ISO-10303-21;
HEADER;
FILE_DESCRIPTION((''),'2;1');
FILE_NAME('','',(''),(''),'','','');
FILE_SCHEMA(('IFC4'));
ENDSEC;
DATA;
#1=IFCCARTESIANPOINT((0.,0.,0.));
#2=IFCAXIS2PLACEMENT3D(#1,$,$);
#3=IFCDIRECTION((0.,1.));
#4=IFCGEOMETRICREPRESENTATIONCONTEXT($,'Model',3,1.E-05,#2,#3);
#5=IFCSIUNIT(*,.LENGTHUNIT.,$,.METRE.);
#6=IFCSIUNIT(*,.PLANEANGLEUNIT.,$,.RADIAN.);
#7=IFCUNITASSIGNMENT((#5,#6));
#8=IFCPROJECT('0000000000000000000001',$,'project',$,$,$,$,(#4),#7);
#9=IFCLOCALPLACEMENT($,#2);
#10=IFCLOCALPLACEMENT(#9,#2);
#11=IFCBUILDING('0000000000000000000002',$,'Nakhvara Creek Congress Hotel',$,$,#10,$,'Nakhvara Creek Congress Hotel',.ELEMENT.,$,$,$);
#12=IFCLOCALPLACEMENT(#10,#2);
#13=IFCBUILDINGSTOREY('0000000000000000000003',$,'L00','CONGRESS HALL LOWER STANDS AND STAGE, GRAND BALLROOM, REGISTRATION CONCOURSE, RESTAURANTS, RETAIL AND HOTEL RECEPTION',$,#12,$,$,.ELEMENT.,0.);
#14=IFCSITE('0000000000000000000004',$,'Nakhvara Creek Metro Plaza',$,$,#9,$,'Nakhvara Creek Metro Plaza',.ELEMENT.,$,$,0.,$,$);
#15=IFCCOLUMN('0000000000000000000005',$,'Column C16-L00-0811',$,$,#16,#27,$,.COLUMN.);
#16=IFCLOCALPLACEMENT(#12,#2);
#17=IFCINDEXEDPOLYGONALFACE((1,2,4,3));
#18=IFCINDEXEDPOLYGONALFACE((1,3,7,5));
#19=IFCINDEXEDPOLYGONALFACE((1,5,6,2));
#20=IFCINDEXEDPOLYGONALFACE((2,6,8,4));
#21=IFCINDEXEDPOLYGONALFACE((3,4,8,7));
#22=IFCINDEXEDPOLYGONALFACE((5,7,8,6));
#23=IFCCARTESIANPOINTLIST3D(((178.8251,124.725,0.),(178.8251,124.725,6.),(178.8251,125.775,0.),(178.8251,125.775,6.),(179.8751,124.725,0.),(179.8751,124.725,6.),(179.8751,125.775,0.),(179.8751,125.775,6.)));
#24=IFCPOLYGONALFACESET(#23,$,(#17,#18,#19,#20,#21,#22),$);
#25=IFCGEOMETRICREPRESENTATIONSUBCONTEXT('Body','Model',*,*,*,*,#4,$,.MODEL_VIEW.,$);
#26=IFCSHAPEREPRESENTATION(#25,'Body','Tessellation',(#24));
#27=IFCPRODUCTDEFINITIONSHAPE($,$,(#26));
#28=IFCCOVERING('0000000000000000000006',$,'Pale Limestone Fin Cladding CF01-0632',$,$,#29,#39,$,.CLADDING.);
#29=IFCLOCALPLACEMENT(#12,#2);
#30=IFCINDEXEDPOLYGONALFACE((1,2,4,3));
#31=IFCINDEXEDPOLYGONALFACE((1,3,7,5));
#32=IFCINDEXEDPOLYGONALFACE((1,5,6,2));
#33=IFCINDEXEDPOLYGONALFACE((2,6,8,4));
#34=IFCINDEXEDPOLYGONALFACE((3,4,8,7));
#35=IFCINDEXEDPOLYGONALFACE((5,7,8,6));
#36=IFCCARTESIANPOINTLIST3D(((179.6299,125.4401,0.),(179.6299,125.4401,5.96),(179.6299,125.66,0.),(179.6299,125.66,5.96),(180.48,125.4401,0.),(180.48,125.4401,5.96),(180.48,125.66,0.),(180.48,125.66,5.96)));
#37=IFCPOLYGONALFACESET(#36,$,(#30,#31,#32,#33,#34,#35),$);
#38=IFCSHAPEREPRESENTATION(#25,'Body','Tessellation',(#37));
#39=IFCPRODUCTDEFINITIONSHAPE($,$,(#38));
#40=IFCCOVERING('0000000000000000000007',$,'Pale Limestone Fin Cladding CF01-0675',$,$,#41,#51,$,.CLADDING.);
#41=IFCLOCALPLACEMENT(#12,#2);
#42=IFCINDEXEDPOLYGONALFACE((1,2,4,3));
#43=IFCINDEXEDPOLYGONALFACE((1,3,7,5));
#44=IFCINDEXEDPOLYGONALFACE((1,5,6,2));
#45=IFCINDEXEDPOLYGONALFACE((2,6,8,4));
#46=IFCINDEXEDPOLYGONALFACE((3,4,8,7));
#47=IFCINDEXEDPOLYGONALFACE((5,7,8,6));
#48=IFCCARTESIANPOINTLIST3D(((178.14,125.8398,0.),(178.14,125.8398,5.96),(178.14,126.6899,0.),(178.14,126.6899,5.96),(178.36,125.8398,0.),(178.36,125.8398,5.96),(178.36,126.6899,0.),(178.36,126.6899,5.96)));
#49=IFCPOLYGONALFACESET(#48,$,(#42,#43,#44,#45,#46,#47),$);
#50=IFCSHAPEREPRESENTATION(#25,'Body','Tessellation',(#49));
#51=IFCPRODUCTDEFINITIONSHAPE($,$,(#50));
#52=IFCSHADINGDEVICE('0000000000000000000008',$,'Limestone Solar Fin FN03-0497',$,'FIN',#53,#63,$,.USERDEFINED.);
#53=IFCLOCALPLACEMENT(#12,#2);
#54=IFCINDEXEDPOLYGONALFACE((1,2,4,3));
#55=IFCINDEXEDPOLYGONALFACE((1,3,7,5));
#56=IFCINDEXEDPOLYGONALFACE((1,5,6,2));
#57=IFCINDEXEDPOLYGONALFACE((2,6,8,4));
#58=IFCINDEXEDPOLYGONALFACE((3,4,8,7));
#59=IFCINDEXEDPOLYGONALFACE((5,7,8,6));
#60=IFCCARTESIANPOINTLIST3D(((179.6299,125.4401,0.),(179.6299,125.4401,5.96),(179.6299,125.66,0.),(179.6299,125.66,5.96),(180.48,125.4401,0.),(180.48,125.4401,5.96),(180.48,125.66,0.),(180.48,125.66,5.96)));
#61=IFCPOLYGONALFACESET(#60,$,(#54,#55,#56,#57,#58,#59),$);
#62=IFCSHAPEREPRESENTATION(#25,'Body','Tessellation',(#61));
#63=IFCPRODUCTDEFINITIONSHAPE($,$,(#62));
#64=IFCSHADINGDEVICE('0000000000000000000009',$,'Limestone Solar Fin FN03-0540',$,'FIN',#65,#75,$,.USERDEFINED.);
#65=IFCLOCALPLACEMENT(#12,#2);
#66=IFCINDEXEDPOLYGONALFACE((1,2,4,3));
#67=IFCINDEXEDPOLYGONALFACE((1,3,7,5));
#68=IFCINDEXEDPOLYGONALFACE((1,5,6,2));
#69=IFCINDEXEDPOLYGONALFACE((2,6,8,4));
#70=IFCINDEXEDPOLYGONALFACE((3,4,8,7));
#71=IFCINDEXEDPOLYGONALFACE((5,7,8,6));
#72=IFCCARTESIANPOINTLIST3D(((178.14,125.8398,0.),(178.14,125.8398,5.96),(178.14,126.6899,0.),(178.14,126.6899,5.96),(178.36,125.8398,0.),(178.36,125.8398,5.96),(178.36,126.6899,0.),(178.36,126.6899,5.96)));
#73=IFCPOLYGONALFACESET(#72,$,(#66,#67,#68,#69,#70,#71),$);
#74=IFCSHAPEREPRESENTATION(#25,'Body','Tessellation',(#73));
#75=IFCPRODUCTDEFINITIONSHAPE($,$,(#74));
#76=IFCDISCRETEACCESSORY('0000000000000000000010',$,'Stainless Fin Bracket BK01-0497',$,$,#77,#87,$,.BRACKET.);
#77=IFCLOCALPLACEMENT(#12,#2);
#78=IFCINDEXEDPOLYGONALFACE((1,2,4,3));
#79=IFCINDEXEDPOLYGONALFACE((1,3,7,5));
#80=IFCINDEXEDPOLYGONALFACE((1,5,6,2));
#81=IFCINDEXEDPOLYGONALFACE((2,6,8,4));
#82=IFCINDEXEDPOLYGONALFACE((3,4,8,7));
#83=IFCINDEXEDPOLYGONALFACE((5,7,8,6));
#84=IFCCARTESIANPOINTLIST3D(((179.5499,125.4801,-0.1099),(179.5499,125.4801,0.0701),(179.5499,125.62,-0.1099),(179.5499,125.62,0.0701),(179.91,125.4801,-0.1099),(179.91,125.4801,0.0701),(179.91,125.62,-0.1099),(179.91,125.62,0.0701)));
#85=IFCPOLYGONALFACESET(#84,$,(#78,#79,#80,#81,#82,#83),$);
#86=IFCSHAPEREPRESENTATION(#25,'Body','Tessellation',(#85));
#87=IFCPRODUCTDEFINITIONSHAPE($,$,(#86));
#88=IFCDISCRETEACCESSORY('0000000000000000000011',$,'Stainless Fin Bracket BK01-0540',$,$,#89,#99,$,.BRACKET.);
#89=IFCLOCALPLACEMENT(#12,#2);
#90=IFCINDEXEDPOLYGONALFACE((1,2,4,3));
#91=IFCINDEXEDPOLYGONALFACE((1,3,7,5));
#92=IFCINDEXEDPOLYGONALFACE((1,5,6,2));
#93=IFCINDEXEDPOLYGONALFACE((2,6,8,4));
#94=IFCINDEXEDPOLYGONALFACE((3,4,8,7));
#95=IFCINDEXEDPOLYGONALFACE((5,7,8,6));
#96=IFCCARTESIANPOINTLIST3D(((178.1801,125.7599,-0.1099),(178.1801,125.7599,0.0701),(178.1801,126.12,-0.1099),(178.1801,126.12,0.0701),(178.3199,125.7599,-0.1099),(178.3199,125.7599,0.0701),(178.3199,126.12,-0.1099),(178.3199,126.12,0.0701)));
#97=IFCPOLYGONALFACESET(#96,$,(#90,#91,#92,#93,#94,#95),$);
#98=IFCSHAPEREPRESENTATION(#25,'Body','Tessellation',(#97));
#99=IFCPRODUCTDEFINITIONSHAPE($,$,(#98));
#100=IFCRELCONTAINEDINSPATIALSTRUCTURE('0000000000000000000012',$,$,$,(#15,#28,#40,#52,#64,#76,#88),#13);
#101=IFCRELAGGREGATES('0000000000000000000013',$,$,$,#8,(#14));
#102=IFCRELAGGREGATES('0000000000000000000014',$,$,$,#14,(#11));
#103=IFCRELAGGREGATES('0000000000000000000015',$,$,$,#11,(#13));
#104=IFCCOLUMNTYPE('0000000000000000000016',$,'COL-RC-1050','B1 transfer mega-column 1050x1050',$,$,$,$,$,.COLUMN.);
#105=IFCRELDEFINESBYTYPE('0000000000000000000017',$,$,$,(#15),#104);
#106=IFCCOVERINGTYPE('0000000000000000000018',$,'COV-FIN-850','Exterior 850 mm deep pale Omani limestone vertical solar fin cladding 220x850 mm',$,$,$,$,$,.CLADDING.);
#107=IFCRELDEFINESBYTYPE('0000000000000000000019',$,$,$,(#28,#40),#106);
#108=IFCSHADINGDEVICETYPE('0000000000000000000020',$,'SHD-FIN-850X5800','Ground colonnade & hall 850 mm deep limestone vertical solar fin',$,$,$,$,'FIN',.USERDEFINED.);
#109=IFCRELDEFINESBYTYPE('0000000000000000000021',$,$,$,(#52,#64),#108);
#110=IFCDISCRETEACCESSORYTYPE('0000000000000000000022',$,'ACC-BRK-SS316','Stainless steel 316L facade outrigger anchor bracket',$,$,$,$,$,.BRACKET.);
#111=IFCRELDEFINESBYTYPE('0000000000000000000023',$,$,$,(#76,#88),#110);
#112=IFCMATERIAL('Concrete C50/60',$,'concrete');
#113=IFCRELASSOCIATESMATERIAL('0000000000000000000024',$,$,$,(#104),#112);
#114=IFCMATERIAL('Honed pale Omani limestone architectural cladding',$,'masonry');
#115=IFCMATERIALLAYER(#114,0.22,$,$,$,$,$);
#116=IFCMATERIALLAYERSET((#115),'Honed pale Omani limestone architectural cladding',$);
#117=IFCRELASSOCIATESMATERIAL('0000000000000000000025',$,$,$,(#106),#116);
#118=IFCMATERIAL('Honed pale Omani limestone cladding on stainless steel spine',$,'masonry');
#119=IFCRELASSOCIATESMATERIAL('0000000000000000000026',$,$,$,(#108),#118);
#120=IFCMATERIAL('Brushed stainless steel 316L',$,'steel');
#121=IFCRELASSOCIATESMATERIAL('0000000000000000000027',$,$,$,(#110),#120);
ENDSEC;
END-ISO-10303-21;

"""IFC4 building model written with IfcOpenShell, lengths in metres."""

from ifc_helpers import new_model, si_unit, direction, frame, origin, origin_2d, place, context, subcontext, project, spatial, rectangle, extrude, material, layer, layer_set, material_profile, profile_set, type_object, element, save


model = new_model("IFC4")

# Units and contexts
model_context = context("Model", 3, precision=1e-05, world=origin(), true_north=direction((0.0, 1.0)))
body_context = subcontext(model_context, "Body", "Model", "MODEL_VIEW")
ifc_project = project(units=[si_unit("LENGTHUNIT", "METRE"), si_unit("PLANEANGLEUNIT", "RADIAN")], contexts=[model_context])

# Site, building, storey
site_placement = place(None, origin())
site = spatial("IfcSite", under=ifc_project, at=site_placement, Name="Nakhvara Creek Metro Plaza", LongName="Nakhvara Creek Metro Plaza", CompositionType="ELEMENT", RefElevation=0.0)
building_placement = place(site_placement, origin())
building = spatial("IfcBuilding", under=site, at=building_placement, Name="Nakhvara Creek Congress Hotel", LongName="Nakhvara Creek Congress Hotel", CompositionType="ELEMENT")
storey_placement = place(building_placement, origin())
storey = spatial("IfcBuildingStorey", under=building, at=storey_placement, Name="L00", Description="CONGRESS HALL LOWER STANDS AND STAGE, GRAND BALLROOM, REGISTRATION CONCOURSE, RESTAURANTS, RETAIL AND HOTEL RECEPTION", CompositionType="ELEMENT", Elevation=0.0)

# Column
ifc_material_1 = material(Name="Concrete C50/60", Category="concrete")
ifc_material_profile = material_profile(ifc_material_1, rectangle(XDim=1.05, YDim=1.05, at=origin_2d()), Name="RC-COL 1050x1050", Category="LoadBearing")
ifc_profile_set = profile_set([ifc_material_profile], Name="Concrete C50/60")
column_type = type_object("IfcColumnType", Name="COL-RC-1050", Description="B1 transfer mega-column 1050x1050", PredefinedType="COLUMN", material=ifc_profile_set)
column_placement = place(storey_placement, frame((179.3501, 125.25, 0.0), z_axis=(0.0, 0.0, 1.0), x_axis=(1.0, 0.0, 0.0)))
element("IfcColumn", 1, at=column_placement, inside=storey, type_object=column_type, Name="Column C16-L00-0811", PredefinedType="COLUMN", context=body_context, shape_type="SweptSolid", body=[
    extrude(rectangle(XDim=1.05, YDim=1.05, at=origin_2d()), origin(), (0.0, 0.0, 1.0), 6.0),
])

# Coverings
ifc_material_2 = material(Name="Honed pale Omani limestone architectural cladding", Category="masonry")
ifc_layer_1 = layer(ifc_material_2, 0.22)
ifc_layer_set_1 = layer_set([ifc_layer_1], Name="Honed pale Omani limestone architectural cladding")
covering_type = type_object("IfcCoveringType", Name="COV-FIN-850", Description="Exterior 850 mm deep pale Omani limestone vertical solar fin cladding 220x850 mm", PredefinedType="CLADDING", material=ifc_layer_set_1)
for number, where, z_axis, x_axis, name in (
    (2, (180.0549, 125.55, 0.0), (0.0, 0.0, 1.0), (0.0, 1.0, 0.0), "Pale Limestone Fin Cladding CF01-0632"),
    (3, (178.25, 126.2649, 0.0), (0.0, 0.0, 1.0), (1.0, 0.0, 0.0), "Pale Limestone Fin Cladding CF01-0675"),
):
    element("IfcCovering", number, at=place(storey_placement, frame(where, z_axis=z_axis, x_axis=x_axis)), inside=storey, type_object=covering_type, Name=name, PredefinedType="CLADDING", context=body_context, shape_type="SweptSolid", body=[
        extrude(rectangle(XDim=0.22, YDim=0.8501, at=origin_2d()), origin(), (0.0, 0.0, 1.0), 5.96),
    ])

# Shading devices
ifc_material_3 = material(Name="Honed pale Omani limestone cladding on stainless steel spine", Category="masonry")
shading_device_type = type_object("IfcShadingDeviceType", Name="SHD-FIN-850X5800", Description="Ground colonnade & hall 850 mm deep limestone vertical solar fin", ElementType="FIN", PredefinedType="USERDEFINED", material=ifc_material_3)
for number, where, z_axis, x_axis, name in (
    (4, (180.0549, 125.55, 0.0), (0.0, 0.0, 1.0), (0.0, 1.0, 0.0), "Limestone Solar Fin FN03-0497"),
    (5, (178.25, 126.2649, 0.0), (0.0, 0.0, 1.0), (1.0, 0.0, 0.0), "Limestone Solar Fin FN03-0540"),
):
    element("IfcShadingDevice", number, at=place(storey_placement, frame(where, z_axis=z_axis, x_axis=x_axis)), inside=storey, type_object=shading_device_type, Name=name, ObjectType="FIN", PredefinedType="USERDEFINED", context=body_context, shape_type="SweptSolid", body=[
        extrude(rectangle(XDim=0.22, YDim=0.8501, at=origin_2d()), origin(), (0.0, 0.0, 1.0), 5.96),
    ])

# Discrete accessories
ifc_material_4 = material(Name="Brushed stainless steel 316L", Category="steel")
discrete_accessory_type = type_object("IfcDiscreteAccessoryType", Name="ACC-BRK-SS316", Description="Stainless steel 316L facade outrigger anchor bracket", PredefinedType="BRACKET", material=ifc_material_4)
for number, where, z_axis, x_axis, name in (
    (6, (179.73, 125.55, -0.1099), (0.0, 0.0, 1.0), (0.0, 1.0, 0.0), "Stainless Fin Bracket BK01-0497"),
    (7, (178.25, 125.9399, -0.1099), (0.0, 0.0, 1.0), (1.0, 0.0, 0.0), "Stainless Fin Bracket BK01-0540"),
):
    element("IfcDiscreteAccessory", number, at=place(storey_placement, frame(where, z_axis=z_axis, x_axis=x_axis)), inside=storey, type_object=discrete_accessory_type, Name=name, PredefinedType="BRACKET", context=body_context, shape_type="SweptSolid", body=[
        extrude(rectangle(XDim=0.1399, YDim=0.3601, at=origin_2d()), origin(), (0.0, 0.0, 1.0), 0.1799),
    ])

save(model, "model.ifc")
